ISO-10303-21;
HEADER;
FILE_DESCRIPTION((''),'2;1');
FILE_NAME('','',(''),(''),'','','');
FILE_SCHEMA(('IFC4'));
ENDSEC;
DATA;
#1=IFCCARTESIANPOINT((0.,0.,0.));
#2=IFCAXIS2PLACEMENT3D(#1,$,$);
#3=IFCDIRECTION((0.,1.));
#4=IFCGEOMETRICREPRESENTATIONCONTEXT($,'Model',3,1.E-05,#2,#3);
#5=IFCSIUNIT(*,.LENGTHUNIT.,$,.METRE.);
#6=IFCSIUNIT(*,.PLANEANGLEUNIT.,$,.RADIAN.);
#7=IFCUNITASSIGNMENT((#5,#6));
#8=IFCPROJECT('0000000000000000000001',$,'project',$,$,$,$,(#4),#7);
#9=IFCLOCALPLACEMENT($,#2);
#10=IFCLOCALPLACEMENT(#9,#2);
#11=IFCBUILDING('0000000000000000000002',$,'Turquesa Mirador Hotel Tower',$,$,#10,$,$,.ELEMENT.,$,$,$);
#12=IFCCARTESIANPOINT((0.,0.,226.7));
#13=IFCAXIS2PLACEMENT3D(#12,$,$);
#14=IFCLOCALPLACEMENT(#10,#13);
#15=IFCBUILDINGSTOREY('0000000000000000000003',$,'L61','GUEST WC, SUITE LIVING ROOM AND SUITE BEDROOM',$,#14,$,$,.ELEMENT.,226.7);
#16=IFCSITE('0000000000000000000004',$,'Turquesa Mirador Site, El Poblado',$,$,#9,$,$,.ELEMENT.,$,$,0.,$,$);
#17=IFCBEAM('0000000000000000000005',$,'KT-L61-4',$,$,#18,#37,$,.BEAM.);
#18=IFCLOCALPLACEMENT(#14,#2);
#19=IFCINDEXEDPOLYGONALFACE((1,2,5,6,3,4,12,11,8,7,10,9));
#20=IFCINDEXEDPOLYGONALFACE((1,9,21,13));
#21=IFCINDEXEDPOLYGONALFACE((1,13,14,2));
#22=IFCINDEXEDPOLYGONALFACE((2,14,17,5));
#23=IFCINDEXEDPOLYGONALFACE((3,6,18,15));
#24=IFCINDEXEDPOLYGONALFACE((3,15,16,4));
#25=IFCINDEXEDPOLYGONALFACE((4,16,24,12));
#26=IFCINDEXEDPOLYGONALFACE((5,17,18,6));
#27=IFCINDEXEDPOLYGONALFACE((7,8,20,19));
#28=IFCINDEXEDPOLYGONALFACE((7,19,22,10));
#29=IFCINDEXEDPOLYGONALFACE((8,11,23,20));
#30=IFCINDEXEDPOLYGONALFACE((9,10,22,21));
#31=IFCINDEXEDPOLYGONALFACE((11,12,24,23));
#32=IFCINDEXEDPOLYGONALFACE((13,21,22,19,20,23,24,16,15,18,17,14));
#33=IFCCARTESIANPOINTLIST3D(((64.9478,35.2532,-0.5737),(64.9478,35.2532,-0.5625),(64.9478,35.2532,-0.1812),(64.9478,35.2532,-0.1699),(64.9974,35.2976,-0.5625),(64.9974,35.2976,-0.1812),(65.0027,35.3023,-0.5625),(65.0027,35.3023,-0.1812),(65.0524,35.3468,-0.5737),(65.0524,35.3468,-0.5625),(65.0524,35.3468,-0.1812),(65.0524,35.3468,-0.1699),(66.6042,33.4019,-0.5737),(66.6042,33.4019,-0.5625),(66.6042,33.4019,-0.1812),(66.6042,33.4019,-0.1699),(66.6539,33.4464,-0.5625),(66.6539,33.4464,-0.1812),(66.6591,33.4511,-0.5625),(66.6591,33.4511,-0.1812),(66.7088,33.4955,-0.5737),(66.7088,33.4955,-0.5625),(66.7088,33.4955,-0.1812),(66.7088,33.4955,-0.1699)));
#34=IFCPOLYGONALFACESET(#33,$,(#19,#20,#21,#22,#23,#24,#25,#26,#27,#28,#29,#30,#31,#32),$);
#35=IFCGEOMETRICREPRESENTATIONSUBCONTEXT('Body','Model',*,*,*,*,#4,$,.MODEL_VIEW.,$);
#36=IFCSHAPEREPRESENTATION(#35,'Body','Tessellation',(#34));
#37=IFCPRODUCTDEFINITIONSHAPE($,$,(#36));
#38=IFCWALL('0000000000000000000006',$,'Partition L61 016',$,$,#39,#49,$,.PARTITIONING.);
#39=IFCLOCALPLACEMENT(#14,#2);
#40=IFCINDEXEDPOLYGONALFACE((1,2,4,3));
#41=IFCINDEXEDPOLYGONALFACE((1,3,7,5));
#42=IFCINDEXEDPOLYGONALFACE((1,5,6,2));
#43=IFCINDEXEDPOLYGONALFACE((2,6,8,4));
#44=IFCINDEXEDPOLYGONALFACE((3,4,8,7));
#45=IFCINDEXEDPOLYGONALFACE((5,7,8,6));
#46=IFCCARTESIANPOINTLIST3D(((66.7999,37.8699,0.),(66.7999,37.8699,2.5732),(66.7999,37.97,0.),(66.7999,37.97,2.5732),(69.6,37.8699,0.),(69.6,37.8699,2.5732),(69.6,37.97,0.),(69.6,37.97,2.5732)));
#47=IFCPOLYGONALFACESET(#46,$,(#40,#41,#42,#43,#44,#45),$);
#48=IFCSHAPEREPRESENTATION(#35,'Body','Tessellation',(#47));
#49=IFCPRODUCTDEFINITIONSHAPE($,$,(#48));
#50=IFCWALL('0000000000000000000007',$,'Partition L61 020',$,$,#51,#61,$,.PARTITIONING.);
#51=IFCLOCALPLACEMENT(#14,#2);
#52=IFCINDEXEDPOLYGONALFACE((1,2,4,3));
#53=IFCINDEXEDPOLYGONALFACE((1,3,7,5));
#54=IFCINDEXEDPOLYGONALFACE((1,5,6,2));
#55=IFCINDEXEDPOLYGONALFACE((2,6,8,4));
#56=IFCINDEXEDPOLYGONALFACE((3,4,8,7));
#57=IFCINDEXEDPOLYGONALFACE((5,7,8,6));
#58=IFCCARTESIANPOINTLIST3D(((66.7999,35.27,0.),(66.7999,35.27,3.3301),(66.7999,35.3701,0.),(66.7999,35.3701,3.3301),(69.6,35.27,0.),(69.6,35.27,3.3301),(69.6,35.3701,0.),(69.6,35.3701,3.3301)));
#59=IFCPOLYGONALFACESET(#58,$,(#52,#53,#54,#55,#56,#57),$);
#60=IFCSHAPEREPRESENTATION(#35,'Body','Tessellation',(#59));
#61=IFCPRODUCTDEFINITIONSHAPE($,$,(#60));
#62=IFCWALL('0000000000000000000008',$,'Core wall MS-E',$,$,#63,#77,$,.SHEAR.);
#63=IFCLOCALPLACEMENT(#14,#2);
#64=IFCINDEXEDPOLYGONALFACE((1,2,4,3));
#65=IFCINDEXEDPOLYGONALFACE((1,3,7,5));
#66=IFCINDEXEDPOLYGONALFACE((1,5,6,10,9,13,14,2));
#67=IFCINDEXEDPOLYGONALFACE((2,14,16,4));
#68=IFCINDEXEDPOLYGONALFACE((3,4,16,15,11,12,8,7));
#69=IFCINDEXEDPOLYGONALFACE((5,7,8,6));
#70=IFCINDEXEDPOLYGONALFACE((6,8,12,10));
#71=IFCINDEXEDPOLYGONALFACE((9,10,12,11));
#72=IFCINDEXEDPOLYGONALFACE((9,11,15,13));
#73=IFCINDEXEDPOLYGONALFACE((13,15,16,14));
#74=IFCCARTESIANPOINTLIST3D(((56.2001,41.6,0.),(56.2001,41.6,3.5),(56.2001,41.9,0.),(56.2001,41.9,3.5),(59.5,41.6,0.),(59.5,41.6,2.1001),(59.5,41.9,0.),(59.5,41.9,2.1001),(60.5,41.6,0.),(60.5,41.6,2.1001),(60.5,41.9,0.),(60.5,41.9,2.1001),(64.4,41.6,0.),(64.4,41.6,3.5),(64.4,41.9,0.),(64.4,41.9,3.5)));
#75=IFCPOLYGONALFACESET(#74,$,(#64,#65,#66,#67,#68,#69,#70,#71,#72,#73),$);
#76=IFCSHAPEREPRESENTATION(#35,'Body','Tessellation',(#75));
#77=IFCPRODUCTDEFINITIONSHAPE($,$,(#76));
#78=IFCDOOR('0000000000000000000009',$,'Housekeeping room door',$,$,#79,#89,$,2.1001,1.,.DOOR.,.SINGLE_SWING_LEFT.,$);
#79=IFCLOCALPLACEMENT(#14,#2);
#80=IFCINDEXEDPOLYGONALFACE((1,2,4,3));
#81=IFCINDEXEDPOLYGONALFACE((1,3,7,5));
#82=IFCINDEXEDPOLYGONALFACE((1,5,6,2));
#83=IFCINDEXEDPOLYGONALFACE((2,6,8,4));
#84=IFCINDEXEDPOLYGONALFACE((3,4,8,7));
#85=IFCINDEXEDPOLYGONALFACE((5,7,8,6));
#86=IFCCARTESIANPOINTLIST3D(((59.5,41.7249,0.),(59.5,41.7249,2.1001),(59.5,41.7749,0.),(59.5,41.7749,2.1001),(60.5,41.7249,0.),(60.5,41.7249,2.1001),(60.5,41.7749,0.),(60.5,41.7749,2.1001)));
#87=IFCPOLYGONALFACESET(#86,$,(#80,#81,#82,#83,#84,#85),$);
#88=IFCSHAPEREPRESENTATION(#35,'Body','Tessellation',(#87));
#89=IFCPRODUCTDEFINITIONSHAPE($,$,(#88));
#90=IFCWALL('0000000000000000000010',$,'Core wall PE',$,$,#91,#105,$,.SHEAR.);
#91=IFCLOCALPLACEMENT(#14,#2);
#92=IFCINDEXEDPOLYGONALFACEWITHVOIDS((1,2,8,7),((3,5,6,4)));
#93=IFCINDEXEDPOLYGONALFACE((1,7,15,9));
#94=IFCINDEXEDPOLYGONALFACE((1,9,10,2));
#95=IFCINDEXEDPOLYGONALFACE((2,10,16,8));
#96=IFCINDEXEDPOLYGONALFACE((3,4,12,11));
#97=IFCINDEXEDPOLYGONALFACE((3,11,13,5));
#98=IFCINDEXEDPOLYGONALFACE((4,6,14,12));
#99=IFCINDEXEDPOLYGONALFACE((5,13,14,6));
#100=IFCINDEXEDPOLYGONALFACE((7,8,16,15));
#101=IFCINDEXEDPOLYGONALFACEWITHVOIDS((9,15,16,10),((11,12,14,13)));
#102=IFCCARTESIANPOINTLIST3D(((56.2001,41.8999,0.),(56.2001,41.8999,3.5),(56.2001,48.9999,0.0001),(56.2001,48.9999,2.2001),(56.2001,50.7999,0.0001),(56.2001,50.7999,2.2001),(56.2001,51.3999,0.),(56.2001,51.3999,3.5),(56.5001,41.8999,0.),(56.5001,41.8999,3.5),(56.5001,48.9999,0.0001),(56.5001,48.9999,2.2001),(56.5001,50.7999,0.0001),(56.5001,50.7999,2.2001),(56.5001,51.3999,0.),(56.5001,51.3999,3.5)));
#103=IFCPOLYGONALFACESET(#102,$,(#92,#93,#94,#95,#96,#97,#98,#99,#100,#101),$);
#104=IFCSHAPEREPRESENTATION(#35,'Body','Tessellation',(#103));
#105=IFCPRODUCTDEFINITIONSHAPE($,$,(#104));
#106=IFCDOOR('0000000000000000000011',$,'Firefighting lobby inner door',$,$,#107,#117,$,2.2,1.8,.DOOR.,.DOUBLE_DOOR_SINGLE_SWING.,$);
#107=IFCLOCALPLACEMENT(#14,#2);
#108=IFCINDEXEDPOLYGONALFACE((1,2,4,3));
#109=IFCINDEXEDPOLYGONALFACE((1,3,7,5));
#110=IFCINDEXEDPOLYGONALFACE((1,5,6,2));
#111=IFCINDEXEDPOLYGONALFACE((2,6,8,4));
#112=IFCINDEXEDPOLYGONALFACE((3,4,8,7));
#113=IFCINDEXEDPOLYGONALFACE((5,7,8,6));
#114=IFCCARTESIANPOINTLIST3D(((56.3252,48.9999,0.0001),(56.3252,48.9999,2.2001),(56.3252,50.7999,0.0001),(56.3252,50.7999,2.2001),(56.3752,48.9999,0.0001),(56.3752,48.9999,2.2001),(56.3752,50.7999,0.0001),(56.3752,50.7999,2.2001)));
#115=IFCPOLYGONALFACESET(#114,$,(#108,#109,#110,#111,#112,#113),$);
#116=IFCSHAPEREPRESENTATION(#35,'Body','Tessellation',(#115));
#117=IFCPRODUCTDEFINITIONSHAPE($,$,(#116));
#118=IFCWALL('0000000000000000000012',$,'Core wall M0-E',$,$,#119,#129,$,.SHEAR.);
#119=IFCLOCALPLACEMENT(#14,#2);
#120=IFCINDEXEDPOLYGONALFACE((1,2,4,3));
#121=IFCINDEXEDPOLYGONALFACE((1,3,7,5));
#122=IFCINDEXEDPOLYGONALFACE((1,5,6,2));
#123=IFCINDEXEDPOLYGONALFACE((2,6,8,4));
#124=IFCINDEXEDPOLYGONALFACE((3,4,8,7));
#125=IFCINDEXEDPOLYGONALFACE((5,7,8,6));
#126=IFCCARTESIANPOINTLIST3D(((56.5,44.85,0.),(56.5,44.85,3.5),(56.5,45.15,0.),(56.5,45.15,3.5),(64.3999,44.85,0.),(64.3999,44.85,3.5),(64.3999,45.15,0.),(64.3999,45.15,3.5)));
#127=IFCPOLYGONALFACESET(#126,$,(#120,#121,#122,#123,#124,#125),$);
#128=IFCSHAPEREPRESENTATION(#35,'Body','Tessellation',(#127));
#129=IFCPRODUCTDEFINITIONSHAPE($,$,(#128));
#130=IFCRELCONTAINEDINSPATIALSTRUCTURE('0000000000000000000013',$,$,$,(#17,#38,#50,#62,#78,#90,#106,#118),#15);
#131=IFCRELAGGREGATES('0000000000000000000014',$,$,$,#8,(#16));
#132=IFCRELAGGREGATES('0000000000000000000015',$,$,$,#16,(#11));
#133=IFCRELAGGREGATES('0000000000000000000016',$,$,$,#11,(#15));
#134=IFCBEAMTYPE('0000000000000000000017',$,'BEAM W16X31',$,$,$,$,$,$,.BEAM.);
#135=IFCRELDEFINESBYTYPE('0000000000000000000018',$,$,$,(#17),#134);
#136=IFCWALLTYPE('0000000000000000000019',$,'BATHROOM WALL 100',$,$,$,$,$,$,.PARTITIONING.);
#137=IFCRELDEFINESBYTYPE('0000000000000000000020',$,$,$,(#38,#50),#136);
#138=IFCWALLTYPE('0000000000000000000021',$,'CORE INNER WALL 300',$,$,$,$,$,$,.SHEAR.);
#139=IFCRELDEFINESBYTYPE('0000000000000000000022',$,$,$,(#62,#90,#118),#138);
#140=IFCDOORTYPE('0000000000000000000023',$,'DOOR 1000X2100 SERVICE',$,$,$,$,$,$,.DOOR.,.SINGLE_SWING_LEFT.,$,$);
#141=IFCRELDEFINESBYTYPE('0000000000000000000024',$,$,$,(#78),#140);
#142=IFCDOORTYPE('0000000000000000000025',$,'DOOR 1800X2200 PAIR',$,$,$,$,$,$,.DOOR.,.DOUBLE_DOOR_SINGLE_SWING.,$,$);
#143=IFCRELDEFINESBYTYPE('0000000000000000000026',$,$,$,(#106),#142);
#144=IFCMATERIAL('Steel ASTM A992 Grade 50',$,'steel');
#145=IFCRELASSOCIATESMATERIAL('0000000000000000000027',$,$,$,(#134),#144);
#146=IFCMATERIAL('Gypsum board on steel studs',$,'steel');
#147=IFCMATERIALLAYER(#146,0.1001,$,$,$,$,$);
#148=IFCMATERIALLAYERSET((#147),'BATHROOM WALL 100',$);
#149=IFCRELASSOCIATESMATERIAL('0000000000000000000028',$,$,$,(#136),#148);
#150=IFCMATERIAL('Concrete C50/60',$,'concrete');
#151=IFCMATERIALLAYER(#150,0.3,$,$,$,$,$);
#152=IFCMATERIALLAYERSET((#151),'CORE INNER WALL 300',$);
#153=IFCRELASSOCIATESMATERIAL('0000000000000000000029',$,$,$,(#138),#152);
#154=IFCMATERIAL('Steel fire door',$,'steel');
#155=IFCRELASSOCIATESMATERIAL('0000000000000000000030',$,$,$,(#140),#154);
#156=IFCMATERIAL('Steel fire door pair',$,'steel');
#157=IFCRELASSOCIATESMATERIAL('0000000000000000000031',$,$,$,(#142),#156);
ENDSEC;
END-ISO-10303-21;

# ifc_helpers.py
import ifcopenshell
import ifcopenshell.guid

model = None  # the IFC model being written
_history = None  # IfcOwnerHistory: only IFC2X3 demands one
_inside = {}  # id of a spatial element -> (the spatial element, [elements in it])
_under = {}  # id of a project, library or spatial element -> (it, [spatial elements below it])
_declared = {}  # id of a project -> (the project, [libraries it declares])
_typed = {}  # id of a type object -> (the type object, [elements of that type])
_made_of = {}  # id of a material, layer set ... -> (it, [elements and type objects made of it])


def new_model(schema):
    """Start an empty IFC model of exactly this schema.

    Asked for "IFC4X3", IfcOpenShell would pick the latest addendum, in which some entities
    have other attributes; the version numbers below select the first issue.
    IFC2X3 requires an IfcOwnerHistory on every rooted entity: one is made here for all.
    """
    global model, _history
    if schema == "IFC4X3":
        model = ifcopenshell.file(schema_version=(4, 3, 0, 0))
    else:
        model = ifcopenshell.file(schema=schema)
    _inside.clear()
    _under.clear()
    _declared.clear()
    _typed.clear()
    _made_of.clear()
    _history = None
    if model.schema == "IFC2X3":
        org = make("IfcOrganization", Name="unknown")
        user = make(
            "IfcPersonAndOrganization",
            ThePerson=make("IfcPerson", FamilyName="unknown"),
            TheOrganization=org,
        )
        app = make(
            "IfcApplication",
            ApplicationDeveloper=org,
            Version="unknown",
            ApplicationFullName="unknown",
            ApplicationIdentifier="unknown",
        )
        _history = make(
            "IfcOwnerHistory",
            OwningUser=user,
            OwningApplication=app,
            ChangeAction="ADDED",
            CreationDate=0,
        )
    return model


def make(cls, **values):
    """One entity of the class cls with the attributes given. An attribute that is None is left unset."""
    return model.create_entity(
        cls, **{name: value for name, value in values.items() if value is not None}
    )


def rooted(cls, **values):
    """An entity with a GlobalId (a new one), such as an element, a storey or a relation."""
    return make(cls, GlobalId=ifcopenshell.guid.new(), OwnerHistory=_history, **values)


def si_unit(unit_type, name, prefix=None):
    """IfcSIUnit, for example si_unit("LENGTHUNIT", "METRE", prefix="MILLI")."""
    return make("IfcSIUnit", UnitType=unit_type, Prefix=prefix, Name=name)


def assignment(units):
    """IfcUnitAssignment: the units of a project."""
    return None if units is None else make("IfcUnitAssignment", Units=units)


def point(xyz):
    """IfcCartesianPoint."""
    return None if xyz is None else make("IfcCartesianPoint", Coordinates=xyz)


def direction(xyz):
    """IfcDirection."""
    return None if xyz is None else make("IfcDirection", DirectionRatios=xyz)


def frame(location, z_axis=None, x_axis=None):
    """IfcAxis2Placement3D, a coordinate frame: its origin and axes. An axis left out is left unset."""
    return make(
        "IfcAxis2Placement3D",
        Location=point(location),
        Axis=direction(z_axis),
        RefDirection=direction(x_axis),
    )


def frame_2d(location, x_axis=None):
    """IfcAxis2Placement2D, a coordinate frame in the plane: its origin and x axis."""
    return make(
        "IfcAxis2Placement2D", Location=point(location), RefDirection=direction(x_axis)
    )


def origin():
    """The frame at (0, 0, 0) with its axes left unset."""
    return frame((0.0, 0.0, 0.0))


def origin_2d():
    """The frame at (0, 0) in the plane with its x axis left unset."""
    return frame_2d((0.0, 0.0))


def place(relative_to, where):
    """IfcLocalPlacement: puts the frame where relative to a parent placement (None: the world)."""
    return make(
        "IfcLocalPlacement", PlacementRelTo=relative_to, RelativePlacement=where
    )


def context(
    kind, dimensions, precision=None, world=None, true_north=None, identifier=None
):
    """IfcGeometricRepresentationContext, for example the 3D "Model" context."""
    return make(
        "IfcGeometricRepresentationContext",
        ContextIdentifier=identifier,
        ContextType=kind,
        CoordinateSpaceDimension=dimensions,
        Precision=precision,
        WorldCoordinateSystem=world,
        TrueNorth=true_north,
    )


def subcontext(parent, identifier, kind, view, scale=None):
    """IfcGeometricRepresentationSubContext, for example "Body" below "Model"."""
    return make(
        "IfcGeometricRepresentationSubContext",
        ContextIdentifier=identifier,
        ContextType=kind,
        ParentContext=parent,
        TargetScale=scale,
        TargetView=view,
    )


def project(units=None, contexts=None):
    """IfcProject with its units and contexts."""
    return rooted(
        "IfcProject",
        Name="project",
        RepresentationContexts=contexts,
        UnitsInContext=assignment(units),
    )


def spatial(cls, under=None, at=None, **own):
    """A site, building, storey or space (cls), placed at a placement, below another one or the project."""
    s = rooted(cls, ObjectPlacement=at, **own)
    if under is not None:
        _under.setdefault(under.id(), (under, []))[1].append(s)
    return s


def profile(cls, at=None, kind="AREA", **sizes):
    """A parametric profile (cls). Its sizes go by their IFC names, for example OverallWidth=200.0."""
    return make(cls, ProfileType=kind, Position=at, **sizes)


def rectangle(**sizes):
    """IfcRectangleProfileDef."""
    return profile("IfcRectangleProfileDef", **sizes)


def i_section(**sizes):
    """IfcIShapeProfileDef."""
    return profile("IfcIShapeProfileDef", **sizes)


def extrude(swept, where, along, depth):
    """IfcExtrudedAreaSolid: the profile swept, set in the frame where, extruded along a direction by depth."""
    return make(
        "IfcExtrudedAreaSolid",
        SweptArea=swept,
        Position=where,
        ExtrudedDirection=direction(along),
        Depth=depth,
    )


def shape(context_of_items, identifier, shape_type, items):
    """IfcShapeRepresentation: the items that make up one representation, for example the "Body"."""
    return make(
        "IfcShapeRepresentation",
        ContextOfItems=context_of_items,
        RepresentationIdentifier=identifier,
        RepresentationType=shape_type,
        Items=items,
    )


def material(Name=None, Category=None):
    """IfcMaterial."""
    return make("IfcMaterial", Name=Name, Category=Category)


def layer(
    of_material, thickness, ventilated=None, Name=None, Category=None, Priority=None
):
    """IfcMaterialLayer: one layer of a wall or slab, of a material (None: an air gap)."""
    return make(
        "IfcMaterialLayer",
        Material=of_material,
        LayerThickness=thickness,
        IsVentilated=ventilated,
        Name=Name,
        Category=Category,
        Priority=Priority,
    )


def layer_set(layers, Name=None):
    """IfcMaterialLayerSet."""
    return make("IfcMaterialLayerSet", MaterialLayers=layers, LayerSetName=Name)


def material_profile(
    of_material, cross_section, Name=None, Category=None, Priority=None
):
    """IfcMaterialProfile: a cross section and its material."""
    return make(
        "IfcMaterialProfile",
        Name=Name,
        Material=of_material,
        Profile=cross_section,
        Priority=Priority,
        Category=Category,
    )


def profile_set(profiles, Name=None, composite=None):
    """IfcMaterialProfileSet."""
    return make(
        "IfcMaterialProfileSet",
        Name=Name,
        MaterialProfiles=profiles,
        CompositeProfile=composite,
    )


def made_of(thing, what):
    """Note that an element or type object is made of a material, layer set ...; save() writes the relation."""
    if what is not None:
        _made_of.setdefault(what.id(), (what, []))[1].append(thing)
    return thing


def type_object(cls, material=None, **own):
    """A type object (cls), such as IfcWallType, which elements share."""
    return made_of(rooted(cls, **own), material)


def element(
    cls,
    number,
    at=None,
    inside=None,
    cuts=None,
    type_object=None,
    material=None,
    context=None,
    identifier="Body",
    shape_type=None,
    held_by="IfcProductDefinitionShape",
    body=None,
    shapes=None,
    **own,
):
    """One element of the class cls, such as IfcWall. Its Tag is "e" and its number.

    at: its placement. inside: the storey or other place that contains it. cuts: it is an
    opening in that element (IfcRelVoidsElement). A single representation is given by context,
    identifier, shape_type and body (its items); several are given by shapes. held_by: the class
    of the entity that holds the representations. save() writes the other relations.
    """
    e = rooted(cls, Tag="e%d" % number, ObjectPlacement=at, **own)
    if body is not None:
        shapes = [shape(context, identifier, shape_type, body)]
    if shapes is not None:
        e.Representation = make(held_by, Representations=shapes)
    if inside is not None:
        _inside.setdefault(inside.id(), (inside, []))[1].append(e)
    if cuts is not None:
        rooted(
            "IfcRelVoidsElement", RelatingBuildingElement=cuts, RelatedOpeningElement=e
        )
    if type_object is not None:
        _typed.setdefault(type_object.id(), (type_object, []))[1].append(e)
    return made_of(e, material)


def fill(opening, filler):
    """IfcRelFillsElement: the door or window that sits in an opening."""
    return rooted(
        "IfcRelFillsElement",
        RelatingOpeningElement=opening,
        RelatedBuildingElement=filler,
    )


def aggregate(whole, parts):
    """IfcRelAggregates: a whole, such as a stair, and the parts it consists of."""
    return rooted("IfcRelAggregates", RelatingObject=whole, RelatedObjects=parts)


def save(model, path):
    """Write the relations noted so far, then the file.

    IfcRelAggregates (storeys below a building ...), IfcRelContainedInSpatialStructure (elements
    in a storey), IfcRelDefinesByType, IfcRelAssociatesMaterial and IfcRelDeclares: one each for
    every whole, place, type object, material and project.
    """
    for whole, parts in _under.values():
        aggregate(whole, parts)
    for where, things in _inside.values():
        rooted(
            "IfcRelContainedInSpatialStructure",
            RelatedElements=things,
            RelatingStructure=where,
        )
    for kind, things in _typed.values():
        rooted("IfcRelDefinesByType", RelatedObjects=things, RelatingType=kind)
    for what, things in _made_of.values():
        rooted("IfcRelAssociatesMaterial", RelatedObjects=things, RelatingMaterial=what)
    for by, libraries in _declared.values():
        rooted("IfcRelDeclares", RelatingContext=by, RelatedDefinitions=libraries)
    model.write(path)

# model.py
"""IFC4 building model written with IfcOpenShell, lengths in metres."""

from ifc_helpers import new_model, si_unit, direction, frame, frame_2d, origin, origin_2d, place, context, subcontext, project, spatial, rectangle, i_section, extrude, material, layer, layer_set, material_profile, profile_set, type_object, element, fill, save


model = new_model("IFC4")

# Units and contexts
model_context = context("Model", 3, precision=1e-05, world=origin(), true_north=direction((0.0, 1.0)))
body_context = subcontext(model_context, "Body", "Model", "MODEL_VIEW")
ifc_project = project(units=[si_unit("LENGTHUNIT", "METRE"), si_unit("PLANEANGLEUNIT", "RADIAN")], contexts=[model_context])

# Site, building, storey
site_placement = place(None, origin())
site = spatial("IfcSite", under=ifc_project, at=site_placement, Name="Turquesa Mirador Site, El Poblado", CompositionType="ELEMENT", RefElevation=0.0)
building_placement = place(site_placement, origin())
building = spatial("IfcBuilding", under=site, at=building_placement, Name="Turquesa Mirador Hotel Tower", CompositionType="ELEMENT")
storey_placement = place(building_placement, frame((0.0, 0.0, 226.7)))
storey = spatial("IfcBuildingStorey", under=building, at=storey_placement, Name="L61", Description="GUEST WC, SUITE LIVING ROOM AND SUITE BEDROOM", CompositionType="ELEMENT", Elevation=226.7)

# Beam
ifc_material_1 = material(Name="Steel ASTM A992 Grade 50", Category="steel")
ifc_material_profile = material_profile(ifc_material_1, i_section(OverallWidth=0.1404, OverallDepth=0.4038, WebThickness=0.0071, FlangeThickness=0.0112, at=origin_2d()), Name="W16X31")
ifc_profile_set = profile_set([ifc_material_profile], Name="Steel ASTM A992 Grade 50")
beam_type = type_object("IfcBeamType", Name="BEAM W16X31", PredefinedType="BEAM", material=ifc_profile_set)
beam_placement = place(storey_placement, frame((66.6565, 33.4487, -0.3718), z_axis=(-0.666806, 0.745231, 0.0), x_axis=(-0.745231, -0.666806, 0.0)))
element("IfcBeam", 1, at=beam_placement, inside=storey, type_object=beam_type, Name="KT-L61-4", PredefinedType="BEAM", context=body_context, shape_type="SweptSolid", body=[
    extrude(i_section(OverallWidth=0.1404, OverallDepth=0.4038, WebThickness=0.0071, FlangeThickness=0.0112, at=origin_2d()), origin(), (0.0, 0.0, 1.0), 2.4841),
])

# Walls
ifc_material_2 = material(Name="Gypsum board on steel studs", Category="steel")
ifc_layer_1 = layer(ifc_material_2, 0.1001)
ifc_layer_set_1 = layer_set([ifc_layer_1], Name="BATHROOM WALL 100")
wall_type_1 = type_object("IfcWallType", Name="BATHROOM WALL 100", PredefinedType="PARTITIONING", material=ifc_layer_set_1)
wall_1_placement = place(storey_placement, frame((66.8, 37.9199, 0.0), z_axis=(0.0, 0.0, 1.0), x_axis=(1.0, 0.0, 0.0)))
element("IfcWall", 2, at=wall_1_placement, inside=storey, type_object=wall_type_1, Name="Partition L61 016", PredefinedType="PARTITIONING", context=body_context, shape_type="SweptSolid", body=[
    extrude(rectangle(XDim=2.8, YDim=0.1001, at=frame_2d((1.3999, 0.0))), origin(), (0.0, 0.0, 1.0), 2.5732),
])
wall_2_placement = place(storey_placement, frame((66.8, 35.3201, 0.0), z_axis=(0.0, 0.0, 1.0), x_axis=(1.0, 0.0, 0.0)))
element("IfcWall", 3, at=wall_2_placement, inside=storey, type_object=wall_type_1, Name="Partition L61 020", PredefinedType="PARTITIONING", context=body_context, shape_type="SweptSolid", body=[
    extrude(rectangle(XDim=2.8, YDim=0.1001, at=frame_2d((1.3999, 0.0))), origin(), (0.0, 0.0, 1.0), 3.3301),
])

# Walls, openings, doors
ifc_material_3 = material(Name="Concrete C50/60", Category="concrete")
ifc_layer_2 = layer(ifc_material_3, 0.3)
ifc_layer_set_2 = layer_set([ifc_layer_2], Name="CORE INNER WALL 300")
wall_type_2 = type_object("IfcWallType", Name="CORE INNER WALL 300", PredefinedType="SHEAR", material=ifc_layer_set_2)
wall_3_placement = place(storey_placement, frame((56.2, 41.75, 0.0), z_axis=(0.0, 0.0, 1.0), x_axis=(1.0, 0.0, 0.0)))
wall_3 = element("IfcWall", 4, at=wall_3_placement, inside=storey, type_object=wall_type_2, Name="Core wall MS-E", PredefinedType="SHEAR", context=body_context, shape_type="SweptSolid", body=[
    extrude(rectangle(XDim=8.2, YDim=0.3, at=frame_2d((4.1001, 0.0))), origin(), (0.0, 0.0, 1.0), 3.5),
])
opening_1_placement = place(wall_3_placement, frame((3.3, 0.0, 0.0)))
opening_1 = element("IfcOpeningElement", 5, at=opening_1_placement, cuts=wall_3, PredefinedType="OPENING", context=body_context, shape_type="SweptSolid", body=[
    extrude(rectangle(XDim=1.0, YDim=2.1001, at=frame_2d((0.5, 1.05))), frame((0.0, 0.1599, 0.0), z_axis=(0.0, -1.0, 0.0), x_axis=(1.0, 0.0, 0.0)), (0.0, 0.0, 1.0), 0.3201),
])
ifc_material_4 = material(Name="Steel fire door", Category="steel")
door_type_1 = type_object("IfcDoorType", Name="DOOR 1000X2100 SERVICE", OperationType="SINGLE_SWING_LEFT", PredefinedType="DOOR", material=ifc_material_4)
door_1_placement = place(opening_1_placement, origin())
door_1 = element("IfcDoor", 6, at=door_1_placement, inside=storey, type_object=door_type_1, Name="Housekeeping room door", OperationType="SINGLE_SWING_LEFT", OverallHeight=2.1001, OverallWidth=1.0, PredefinedType="DOOR", context=body_context, shape_type="SweptSolid", body=[
    extrude(rectangle(XDim=1.0, YDim=2.1001, at=frame_2d((0.5, 1.05))), frame((0.0, 0.0249, 0.0), z_axis=(0.0, -1.0, 0.0), x_axis=(1.0, 0.0, 0.0)), (0.0, 0.0, 1.0), 0.05),
])
fill(opening_1, door_1)
wall_4_placement = place(storey_placement, frame((56.3501, 41.8999, 0.0), z_axis=(0.0, 0.0, 1.0), x_axis=(0.0, 1.0, 0.0)))
wall_4 = element("IfcWall", 7, at=wall_4_placement, inside=storey, type_object=wall_type_2, Name="Core wall PE", PredefinedType="SHEAR", context=body_context, shape_type="SweptSolid", body=[
    extrude(rectangle(XDim=9.5, YDim=0.3, at=frame_2d((4.75, 0.0))), origin(), (0.0, 0.0, 1.0), 3.5),
])
opening_2_placement = place(wall_4_placement, frame((7.1001, 0.0, 0.0)))
opening_2 = element("IfcOpeningElement", 8, at=opening_2_placement, cuts=wall_4, PredefinedType="OPENING", context=body_context, shape_type="SweptSolid", body=[
    extrude(rectangle(XDim=1.8, YDim=2.2, at=frame_2d((0.8999, 1.1001))), frame((0.0, 0.1599, 0.0), z_axis=(0.0, -1.0, 0.0), x_axis=(1.0, 0.0, 0.0)), (0.0, 0.0, 1.0), 0.3201),
])
ifc_material_5 = material(Name="Steel fire door pair", Category="steel")
door_type_2 = type_object("IfcDoorType", Name="DOOR 1800X2200 PAIR", OperationType="DOUBLE_DOOR_SINGLE_SWING", PredefinedType="DOOR", material=ifc_material_5)
door_2_placement = place(opening_2_placement, origin())
door_2 = element("IfcDoor", 9, at=door_2_placement, inside=storey, type_object=door_type_2, Name="Firefighting lobby inner door", OperationType="DOUBLE_DOOR_SINGLE_SWING", OverallHeight=2.2, OverallWidth=1.8, PredefinedType="DOOR", context=body_context, shape_type="SweptSolid", body=[
    extrude(rectangle(XDim=1.8, YDim=2.2, at=frame_2d((0.8999, 1.1001))), frame((0.0, 0.0249, 0.0), z_axis=(0.0, -1.0, 0.0), x_axis=(1.0, 0.0, 0.0)), (0.0, 0.0, 1.0), 0.05),
])
fill(opening_2, door_2)

# Wall
wall_5_placement = place(storey_placement, frame((56.5, 45.0, 0.0), z_axis=(0.0, 0.0, 1.0), x_axis=(1.0, 0.0, 0.0)))
element("IfcWall", 10, at=wall_5_placement, inside=storey, type_object=wall_type_2, Name="Core wall M0-E", PredefinedType="SHEAR", context=body_context, shape_type="SweptSolid", body=[
    extrude(rectangle(XDim=7.8999, YDim=0.3, at=frame_2d((3.95, 0.0))), origin(), (0.0, 0.0, 1.0), 3.5),
])

save(model, "model.ifc")
